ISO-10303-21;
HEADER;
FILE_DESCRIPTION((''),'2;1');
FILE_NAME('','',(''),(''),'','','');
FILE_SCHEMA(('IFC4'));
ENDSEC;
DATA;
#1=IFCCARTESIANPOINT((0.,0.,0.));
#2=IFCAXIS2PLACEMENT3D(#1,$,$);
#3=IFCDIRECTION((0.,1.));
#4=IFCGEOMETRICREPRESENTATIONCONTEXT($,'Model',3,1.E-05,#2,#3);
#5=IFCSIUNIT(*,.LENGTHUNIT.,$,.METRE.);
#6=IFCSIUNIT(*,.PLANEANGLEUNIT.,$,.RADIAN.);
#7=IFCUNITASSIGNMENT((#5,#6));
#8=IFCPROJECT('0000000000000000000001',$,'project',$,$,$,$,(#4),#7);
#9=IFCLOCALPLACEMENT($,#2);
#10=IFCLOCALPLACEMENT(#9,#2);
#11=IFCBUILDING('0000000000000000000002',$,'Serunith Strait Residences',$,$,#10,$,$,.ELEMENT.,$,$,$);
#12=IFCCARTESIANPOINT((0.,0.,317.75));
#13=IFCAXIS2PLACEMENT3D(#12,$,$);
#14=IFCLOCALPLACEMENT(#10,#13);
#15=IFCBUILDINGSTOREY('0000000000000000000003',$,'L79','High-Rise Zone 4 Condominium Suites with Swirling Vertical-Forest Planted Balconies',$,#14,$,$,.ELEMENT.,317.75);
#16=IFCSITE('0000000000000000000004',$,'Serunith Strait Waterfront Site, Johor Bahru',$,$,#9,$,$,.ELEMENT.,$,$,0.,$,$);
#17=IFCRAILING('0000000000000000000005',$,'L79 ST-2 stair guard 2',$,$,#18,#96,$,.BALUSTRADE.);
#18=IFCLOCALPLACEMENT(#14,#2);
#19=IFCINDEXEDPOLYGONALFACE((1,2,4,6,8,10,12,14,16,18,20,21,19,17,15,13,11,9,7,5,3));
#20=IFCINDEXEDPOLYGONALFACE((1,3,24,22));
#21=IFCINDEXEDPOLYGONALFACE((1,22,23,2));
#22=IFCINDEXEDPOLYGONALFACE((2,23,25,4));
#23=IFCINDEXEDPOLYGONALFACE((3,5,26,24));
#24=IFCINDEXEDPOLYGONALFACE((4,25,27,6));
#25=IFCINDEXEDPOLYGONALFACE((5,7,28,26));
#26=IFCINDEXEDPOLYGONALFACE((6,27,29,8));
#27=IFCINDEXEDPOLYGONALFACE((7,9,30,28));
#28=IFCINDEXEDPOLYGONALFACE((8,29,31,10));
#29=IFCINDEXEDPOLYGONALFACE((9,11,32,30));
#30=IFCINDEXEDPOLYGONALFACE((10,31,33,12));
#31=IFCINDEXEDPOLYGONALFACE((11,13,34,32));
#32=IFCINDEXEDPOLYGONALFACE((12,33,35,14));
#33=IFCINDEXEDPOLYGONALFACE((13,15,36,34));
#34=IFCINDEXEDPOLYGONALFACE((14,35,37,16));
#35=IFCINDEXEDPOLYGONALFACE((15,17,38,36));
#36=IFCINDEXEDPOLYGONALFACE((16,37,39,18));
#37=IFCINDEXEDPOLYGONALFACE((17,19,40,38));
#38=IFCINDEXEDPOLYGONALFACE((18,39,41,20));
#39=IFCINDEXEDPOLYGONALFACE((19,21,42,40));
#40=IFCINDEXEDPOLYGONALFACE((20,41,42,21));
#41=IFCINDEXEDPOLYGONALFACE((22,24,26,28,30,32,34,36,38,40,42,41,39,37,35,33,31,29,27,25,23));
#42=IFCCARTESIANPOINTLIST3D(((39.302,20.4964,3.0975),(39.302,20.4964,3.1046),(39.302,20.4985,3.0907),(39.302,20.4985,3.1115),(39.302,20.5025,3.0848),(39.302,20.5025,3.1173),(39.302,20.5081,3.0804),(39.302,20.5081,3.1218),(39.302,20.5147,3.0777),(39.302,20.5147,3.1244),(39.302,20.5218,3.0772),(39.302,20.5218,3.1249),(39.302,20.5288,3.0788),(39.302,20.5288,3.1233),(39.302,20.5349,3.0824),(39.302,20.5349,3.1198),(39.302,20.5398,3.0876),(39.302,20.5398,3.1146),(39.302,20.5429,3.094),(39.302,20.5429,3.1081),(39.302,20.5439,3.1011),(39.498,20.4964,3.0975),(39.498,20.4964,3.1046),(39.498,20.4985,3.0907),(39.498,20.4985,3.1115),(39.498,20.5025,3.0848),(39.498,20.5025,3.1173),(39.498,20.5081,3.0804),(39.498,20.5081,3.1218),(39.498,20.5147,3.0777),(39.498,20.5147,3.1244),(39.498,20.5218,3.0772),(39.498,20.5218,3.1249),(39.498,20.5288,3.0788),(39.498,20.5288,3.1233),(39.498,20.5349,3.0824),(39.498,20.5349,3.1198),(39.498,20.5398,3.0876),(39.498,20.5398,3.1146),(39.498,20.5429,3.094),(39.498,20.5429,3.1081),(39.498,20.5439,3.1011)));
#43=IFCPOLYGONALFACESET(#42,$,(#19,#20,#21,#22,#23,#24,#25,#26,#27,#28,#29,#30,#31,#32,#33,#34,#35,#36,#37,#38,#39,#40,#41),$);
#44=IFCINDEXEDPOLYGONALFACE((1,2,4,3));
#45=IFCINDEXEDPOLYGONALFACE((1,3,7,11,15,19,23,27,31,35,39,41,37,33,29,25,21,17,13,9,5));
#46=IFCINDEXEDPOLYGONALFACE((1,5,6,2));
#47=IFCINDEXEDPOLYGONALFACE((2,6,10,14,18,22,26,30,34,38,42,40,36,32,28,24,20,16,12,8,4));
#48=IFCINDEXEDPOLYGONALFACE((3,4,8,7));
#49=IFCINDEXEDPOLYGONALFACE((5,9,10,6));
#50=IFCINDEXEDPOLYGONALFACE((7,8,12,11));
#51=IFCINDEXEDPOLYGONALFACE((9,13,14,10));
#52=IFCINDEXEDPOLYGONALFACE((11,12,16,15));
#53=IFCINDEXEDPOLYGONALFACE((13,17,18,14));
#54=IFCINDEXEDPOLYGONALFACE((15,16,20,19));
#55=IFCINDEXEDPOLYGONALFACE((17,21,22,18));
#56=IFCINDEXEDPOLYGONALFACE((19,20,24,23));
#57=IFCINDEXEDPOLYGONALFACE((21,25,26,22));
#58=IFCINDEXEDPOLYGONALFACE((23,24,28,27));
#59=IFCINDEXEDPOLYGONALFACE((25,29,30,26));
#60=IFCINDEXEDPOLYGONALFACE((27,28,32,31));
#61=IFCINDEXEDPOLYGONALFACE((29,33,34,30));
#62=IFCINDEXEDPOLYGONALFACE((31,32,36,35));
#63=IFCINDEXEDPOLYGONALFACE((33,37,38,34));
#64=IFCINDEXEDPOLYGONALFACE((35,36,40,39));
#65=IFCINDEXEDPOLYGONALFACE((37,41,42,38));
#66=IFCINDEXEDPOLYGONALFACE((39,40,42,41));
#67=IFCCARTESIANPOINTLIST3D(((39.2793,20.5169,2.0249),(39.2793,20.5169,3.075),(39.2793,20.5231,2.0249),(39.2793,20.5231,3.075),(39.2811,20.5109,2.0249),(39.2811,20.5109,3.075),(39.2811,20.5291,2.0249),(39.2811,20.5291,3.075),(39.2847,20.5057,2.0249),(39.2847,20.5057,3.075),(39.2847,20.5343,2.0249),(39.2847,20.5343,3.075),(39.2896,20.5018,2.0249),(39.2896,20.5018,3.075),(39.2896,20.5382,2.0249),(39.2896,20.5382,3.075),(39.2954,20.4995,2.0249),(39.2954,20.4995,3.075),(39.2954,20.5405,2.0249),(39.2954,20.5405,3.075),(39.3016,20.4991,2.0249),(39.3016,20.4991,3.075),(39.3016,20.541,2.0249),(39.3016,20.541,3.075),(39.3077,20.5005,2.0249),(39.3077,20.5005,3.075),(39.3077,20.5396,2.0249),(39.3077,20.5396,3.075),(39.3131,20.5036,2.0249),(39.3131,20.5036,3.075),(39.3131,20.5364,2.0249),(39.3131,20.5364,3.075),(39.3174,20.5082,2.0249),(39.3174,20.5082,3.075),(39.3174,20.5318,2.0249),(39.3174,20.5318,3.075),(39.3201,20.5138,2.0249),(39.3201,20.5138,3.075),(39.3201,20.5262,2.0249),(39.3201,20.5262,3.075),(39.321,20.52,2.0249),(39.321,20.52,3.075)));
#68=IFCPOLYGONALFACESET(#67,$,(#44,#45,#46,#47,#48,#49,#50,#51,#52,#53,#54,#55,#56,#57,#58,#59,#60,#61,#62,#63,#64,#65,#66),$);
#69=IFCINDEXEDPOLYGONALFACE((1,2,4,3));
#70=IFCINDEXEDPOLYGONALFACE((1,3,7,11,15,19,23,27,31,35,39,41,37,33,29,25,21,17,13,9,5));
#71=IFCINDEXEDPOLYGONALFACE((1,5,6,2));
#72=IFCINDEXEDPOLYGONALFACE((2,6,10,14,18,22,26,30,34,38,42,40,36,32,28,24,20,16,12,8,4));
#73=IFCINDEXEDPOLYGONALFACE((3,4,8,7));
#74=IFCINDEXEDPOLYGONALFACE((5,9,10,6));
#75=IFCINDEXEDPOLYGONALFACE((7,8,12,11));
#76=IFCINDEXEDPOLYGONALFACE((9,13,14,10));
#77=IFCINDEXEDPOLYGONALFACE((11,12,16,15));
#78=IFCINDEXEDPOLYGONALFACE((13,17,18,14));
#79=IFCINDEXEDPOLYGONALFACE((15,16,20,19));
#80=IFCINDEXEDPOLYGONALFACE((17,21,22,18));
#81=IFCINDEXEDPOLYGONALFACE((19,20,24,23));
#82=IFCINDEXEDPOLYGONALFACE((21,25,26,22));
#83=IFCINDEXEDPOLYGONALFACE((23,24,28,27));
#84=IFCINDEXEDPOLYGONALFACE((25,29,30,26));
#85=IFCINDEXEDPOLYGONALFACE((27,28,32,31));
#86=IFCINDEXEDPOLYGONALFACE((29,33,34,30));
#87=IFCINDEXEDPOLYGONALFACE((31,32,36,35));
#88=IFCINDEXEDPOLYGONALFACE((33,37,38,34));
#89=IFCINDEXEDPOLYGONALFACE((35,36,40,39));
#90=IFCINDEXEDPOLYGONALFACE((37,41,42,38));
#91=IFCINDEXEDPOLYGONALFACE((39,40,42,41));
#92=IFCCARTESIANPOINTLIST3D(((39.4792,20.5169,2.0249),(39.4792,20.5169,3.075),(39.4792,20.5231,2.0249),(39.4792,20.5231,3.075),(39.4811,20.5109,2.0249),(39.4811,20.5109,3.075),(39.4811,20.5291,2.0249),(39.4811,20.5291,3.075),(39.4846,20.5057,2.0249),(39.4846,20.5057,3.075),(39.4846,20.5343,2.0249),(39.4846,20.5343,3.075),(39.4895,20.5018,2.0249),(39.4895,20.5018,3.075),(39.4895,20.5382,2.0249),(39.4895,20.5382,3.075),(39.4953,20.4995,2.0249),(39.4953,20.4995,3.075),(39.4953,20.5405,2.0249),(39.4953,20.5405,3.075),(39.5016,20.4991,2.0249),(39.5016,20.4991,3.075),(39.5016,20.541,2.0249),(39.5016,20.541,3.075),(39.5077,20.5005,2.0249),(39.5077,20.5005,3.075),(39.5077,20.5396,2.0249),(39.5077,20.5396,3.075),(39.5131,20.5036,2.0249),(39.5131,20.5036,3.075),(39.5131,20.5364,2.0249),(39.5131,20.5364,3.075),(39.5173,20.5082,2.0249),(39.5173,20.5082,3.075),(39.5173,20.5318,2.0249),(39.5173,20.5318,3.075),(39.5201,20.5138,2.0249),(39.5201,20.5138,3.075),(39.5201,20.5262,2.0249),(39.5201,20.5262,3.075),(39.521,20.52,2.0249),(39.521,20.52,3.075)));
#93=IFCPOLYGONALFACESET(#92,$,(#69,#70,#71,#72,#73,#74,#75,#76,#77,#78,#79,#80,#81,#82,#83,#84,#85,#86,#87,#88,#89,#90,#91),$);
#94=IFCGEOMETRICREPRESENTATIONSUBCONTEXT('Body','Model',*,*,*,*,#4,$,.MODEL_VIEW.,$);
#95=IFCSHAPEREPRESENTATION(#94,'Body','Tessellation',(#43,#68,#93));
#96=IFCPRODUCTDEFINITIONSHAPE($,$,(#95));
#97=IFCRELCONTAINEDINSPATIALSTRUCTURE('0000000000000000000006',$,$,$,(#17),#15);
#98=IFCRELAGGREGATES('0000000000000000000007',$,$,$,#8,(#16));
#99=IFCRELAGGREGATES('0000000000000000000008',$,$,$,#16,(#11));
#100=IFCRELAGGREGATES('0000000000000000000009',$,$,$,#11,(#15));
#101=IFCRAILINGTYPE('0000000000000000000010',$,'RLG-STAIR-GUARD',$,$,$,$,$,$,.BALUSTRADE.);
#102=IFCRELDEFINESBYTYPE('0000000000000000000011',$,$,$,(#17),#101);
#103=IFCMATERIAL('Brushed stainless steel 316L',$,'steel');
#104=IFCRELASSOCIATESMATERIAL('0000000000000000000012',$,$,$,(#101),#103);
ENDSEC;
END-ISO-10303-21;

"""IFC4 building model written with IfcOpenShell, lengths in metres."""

from ifc_helpers import new_model, si_unit, direction, frame, origin, origin_2d, place, context, subcontext, project, spatial, circle, extrude, material, type_object, element, save


model = new_model("IFC4")

# Units and contexts
model_context = context("Model", 3, precision=1e-05, world=origin(), true_north=direction((0.0, 1.0)))
body_context = subcontext(model_context, "Body", "Model", "MODEL_VIEW")
ifc_project = project(units=[si_unit("LENGTHUNIT", "METRE"), si_unit("PLANEANGLEUNIT", "RADIAN")], contexts=[model_context])

# Site, building, storey
site_placement = place(None, origin())
site = spatial("IfcSite", under=ifc_project, at=site_placement, Name="Serunith Strait Waterfront Site, Johor Bahru", CompositionType="ELEMENT", RefElevation=0.0)
building_placement = place(site_placement, origin())
building = spatial("IfcBuilding", under=site, at=building_placement, Name="Serunith Strait Residences", CompositionType="ELEMENT")
storey_placement = place(building_placement, frame((0.0, 0.0, 317.75)))
storey = spatial("IfcBuildingStorey", under=building, at=storey_placement, Name="L79", Description="High-Rise Zone 4 Condominium Suites with Swirling Vertical-Forest Planted Balconies", CompositionType="ELEMENT", Elevation=317.75)

# Railing
ifc_material_1 = material(Name="Brushed stainless steel 316L", Category="steel")
railing_type_1 = type_object("IfcRailingType", Name="RLG-STAIR-GUARD", PredefinedType="BALUSTRADE", material=ifc_material_1)
railing_1_placement = place(storey_placement, frame((39.3, 20.52, 2.0249)))
element("IfcRailing", 1, at=railing_1_placement, inside=storey, type_object=railing_type_1, Name="L79 ST-2 stair guard 2", PredefinedType="BALUSTRADE", context=body_context, shape_type="SweptSolid", body=[
    extrude(circle(Radius=0.0239, at=origin_2d()), frame((0.002, 0.0, 1.0762), z_axis=(1.0, 0.0, 0.0), x_axis=(0.0, 1.0, 0.0)), (0.0, 0.0, 1.0), 0.196),
    extrude(circle(Radius=0.021, at=origin_2d()), origin(), (0.0, 0.0, 1.0), 1.05),
    extrude(circle(Radius=0.021, at=origin_2d()), frame((0.2, 0.0, 0.0)), (0.0, 0.0, 1.0), 1.05),
])

save(model, "model.ifc")
